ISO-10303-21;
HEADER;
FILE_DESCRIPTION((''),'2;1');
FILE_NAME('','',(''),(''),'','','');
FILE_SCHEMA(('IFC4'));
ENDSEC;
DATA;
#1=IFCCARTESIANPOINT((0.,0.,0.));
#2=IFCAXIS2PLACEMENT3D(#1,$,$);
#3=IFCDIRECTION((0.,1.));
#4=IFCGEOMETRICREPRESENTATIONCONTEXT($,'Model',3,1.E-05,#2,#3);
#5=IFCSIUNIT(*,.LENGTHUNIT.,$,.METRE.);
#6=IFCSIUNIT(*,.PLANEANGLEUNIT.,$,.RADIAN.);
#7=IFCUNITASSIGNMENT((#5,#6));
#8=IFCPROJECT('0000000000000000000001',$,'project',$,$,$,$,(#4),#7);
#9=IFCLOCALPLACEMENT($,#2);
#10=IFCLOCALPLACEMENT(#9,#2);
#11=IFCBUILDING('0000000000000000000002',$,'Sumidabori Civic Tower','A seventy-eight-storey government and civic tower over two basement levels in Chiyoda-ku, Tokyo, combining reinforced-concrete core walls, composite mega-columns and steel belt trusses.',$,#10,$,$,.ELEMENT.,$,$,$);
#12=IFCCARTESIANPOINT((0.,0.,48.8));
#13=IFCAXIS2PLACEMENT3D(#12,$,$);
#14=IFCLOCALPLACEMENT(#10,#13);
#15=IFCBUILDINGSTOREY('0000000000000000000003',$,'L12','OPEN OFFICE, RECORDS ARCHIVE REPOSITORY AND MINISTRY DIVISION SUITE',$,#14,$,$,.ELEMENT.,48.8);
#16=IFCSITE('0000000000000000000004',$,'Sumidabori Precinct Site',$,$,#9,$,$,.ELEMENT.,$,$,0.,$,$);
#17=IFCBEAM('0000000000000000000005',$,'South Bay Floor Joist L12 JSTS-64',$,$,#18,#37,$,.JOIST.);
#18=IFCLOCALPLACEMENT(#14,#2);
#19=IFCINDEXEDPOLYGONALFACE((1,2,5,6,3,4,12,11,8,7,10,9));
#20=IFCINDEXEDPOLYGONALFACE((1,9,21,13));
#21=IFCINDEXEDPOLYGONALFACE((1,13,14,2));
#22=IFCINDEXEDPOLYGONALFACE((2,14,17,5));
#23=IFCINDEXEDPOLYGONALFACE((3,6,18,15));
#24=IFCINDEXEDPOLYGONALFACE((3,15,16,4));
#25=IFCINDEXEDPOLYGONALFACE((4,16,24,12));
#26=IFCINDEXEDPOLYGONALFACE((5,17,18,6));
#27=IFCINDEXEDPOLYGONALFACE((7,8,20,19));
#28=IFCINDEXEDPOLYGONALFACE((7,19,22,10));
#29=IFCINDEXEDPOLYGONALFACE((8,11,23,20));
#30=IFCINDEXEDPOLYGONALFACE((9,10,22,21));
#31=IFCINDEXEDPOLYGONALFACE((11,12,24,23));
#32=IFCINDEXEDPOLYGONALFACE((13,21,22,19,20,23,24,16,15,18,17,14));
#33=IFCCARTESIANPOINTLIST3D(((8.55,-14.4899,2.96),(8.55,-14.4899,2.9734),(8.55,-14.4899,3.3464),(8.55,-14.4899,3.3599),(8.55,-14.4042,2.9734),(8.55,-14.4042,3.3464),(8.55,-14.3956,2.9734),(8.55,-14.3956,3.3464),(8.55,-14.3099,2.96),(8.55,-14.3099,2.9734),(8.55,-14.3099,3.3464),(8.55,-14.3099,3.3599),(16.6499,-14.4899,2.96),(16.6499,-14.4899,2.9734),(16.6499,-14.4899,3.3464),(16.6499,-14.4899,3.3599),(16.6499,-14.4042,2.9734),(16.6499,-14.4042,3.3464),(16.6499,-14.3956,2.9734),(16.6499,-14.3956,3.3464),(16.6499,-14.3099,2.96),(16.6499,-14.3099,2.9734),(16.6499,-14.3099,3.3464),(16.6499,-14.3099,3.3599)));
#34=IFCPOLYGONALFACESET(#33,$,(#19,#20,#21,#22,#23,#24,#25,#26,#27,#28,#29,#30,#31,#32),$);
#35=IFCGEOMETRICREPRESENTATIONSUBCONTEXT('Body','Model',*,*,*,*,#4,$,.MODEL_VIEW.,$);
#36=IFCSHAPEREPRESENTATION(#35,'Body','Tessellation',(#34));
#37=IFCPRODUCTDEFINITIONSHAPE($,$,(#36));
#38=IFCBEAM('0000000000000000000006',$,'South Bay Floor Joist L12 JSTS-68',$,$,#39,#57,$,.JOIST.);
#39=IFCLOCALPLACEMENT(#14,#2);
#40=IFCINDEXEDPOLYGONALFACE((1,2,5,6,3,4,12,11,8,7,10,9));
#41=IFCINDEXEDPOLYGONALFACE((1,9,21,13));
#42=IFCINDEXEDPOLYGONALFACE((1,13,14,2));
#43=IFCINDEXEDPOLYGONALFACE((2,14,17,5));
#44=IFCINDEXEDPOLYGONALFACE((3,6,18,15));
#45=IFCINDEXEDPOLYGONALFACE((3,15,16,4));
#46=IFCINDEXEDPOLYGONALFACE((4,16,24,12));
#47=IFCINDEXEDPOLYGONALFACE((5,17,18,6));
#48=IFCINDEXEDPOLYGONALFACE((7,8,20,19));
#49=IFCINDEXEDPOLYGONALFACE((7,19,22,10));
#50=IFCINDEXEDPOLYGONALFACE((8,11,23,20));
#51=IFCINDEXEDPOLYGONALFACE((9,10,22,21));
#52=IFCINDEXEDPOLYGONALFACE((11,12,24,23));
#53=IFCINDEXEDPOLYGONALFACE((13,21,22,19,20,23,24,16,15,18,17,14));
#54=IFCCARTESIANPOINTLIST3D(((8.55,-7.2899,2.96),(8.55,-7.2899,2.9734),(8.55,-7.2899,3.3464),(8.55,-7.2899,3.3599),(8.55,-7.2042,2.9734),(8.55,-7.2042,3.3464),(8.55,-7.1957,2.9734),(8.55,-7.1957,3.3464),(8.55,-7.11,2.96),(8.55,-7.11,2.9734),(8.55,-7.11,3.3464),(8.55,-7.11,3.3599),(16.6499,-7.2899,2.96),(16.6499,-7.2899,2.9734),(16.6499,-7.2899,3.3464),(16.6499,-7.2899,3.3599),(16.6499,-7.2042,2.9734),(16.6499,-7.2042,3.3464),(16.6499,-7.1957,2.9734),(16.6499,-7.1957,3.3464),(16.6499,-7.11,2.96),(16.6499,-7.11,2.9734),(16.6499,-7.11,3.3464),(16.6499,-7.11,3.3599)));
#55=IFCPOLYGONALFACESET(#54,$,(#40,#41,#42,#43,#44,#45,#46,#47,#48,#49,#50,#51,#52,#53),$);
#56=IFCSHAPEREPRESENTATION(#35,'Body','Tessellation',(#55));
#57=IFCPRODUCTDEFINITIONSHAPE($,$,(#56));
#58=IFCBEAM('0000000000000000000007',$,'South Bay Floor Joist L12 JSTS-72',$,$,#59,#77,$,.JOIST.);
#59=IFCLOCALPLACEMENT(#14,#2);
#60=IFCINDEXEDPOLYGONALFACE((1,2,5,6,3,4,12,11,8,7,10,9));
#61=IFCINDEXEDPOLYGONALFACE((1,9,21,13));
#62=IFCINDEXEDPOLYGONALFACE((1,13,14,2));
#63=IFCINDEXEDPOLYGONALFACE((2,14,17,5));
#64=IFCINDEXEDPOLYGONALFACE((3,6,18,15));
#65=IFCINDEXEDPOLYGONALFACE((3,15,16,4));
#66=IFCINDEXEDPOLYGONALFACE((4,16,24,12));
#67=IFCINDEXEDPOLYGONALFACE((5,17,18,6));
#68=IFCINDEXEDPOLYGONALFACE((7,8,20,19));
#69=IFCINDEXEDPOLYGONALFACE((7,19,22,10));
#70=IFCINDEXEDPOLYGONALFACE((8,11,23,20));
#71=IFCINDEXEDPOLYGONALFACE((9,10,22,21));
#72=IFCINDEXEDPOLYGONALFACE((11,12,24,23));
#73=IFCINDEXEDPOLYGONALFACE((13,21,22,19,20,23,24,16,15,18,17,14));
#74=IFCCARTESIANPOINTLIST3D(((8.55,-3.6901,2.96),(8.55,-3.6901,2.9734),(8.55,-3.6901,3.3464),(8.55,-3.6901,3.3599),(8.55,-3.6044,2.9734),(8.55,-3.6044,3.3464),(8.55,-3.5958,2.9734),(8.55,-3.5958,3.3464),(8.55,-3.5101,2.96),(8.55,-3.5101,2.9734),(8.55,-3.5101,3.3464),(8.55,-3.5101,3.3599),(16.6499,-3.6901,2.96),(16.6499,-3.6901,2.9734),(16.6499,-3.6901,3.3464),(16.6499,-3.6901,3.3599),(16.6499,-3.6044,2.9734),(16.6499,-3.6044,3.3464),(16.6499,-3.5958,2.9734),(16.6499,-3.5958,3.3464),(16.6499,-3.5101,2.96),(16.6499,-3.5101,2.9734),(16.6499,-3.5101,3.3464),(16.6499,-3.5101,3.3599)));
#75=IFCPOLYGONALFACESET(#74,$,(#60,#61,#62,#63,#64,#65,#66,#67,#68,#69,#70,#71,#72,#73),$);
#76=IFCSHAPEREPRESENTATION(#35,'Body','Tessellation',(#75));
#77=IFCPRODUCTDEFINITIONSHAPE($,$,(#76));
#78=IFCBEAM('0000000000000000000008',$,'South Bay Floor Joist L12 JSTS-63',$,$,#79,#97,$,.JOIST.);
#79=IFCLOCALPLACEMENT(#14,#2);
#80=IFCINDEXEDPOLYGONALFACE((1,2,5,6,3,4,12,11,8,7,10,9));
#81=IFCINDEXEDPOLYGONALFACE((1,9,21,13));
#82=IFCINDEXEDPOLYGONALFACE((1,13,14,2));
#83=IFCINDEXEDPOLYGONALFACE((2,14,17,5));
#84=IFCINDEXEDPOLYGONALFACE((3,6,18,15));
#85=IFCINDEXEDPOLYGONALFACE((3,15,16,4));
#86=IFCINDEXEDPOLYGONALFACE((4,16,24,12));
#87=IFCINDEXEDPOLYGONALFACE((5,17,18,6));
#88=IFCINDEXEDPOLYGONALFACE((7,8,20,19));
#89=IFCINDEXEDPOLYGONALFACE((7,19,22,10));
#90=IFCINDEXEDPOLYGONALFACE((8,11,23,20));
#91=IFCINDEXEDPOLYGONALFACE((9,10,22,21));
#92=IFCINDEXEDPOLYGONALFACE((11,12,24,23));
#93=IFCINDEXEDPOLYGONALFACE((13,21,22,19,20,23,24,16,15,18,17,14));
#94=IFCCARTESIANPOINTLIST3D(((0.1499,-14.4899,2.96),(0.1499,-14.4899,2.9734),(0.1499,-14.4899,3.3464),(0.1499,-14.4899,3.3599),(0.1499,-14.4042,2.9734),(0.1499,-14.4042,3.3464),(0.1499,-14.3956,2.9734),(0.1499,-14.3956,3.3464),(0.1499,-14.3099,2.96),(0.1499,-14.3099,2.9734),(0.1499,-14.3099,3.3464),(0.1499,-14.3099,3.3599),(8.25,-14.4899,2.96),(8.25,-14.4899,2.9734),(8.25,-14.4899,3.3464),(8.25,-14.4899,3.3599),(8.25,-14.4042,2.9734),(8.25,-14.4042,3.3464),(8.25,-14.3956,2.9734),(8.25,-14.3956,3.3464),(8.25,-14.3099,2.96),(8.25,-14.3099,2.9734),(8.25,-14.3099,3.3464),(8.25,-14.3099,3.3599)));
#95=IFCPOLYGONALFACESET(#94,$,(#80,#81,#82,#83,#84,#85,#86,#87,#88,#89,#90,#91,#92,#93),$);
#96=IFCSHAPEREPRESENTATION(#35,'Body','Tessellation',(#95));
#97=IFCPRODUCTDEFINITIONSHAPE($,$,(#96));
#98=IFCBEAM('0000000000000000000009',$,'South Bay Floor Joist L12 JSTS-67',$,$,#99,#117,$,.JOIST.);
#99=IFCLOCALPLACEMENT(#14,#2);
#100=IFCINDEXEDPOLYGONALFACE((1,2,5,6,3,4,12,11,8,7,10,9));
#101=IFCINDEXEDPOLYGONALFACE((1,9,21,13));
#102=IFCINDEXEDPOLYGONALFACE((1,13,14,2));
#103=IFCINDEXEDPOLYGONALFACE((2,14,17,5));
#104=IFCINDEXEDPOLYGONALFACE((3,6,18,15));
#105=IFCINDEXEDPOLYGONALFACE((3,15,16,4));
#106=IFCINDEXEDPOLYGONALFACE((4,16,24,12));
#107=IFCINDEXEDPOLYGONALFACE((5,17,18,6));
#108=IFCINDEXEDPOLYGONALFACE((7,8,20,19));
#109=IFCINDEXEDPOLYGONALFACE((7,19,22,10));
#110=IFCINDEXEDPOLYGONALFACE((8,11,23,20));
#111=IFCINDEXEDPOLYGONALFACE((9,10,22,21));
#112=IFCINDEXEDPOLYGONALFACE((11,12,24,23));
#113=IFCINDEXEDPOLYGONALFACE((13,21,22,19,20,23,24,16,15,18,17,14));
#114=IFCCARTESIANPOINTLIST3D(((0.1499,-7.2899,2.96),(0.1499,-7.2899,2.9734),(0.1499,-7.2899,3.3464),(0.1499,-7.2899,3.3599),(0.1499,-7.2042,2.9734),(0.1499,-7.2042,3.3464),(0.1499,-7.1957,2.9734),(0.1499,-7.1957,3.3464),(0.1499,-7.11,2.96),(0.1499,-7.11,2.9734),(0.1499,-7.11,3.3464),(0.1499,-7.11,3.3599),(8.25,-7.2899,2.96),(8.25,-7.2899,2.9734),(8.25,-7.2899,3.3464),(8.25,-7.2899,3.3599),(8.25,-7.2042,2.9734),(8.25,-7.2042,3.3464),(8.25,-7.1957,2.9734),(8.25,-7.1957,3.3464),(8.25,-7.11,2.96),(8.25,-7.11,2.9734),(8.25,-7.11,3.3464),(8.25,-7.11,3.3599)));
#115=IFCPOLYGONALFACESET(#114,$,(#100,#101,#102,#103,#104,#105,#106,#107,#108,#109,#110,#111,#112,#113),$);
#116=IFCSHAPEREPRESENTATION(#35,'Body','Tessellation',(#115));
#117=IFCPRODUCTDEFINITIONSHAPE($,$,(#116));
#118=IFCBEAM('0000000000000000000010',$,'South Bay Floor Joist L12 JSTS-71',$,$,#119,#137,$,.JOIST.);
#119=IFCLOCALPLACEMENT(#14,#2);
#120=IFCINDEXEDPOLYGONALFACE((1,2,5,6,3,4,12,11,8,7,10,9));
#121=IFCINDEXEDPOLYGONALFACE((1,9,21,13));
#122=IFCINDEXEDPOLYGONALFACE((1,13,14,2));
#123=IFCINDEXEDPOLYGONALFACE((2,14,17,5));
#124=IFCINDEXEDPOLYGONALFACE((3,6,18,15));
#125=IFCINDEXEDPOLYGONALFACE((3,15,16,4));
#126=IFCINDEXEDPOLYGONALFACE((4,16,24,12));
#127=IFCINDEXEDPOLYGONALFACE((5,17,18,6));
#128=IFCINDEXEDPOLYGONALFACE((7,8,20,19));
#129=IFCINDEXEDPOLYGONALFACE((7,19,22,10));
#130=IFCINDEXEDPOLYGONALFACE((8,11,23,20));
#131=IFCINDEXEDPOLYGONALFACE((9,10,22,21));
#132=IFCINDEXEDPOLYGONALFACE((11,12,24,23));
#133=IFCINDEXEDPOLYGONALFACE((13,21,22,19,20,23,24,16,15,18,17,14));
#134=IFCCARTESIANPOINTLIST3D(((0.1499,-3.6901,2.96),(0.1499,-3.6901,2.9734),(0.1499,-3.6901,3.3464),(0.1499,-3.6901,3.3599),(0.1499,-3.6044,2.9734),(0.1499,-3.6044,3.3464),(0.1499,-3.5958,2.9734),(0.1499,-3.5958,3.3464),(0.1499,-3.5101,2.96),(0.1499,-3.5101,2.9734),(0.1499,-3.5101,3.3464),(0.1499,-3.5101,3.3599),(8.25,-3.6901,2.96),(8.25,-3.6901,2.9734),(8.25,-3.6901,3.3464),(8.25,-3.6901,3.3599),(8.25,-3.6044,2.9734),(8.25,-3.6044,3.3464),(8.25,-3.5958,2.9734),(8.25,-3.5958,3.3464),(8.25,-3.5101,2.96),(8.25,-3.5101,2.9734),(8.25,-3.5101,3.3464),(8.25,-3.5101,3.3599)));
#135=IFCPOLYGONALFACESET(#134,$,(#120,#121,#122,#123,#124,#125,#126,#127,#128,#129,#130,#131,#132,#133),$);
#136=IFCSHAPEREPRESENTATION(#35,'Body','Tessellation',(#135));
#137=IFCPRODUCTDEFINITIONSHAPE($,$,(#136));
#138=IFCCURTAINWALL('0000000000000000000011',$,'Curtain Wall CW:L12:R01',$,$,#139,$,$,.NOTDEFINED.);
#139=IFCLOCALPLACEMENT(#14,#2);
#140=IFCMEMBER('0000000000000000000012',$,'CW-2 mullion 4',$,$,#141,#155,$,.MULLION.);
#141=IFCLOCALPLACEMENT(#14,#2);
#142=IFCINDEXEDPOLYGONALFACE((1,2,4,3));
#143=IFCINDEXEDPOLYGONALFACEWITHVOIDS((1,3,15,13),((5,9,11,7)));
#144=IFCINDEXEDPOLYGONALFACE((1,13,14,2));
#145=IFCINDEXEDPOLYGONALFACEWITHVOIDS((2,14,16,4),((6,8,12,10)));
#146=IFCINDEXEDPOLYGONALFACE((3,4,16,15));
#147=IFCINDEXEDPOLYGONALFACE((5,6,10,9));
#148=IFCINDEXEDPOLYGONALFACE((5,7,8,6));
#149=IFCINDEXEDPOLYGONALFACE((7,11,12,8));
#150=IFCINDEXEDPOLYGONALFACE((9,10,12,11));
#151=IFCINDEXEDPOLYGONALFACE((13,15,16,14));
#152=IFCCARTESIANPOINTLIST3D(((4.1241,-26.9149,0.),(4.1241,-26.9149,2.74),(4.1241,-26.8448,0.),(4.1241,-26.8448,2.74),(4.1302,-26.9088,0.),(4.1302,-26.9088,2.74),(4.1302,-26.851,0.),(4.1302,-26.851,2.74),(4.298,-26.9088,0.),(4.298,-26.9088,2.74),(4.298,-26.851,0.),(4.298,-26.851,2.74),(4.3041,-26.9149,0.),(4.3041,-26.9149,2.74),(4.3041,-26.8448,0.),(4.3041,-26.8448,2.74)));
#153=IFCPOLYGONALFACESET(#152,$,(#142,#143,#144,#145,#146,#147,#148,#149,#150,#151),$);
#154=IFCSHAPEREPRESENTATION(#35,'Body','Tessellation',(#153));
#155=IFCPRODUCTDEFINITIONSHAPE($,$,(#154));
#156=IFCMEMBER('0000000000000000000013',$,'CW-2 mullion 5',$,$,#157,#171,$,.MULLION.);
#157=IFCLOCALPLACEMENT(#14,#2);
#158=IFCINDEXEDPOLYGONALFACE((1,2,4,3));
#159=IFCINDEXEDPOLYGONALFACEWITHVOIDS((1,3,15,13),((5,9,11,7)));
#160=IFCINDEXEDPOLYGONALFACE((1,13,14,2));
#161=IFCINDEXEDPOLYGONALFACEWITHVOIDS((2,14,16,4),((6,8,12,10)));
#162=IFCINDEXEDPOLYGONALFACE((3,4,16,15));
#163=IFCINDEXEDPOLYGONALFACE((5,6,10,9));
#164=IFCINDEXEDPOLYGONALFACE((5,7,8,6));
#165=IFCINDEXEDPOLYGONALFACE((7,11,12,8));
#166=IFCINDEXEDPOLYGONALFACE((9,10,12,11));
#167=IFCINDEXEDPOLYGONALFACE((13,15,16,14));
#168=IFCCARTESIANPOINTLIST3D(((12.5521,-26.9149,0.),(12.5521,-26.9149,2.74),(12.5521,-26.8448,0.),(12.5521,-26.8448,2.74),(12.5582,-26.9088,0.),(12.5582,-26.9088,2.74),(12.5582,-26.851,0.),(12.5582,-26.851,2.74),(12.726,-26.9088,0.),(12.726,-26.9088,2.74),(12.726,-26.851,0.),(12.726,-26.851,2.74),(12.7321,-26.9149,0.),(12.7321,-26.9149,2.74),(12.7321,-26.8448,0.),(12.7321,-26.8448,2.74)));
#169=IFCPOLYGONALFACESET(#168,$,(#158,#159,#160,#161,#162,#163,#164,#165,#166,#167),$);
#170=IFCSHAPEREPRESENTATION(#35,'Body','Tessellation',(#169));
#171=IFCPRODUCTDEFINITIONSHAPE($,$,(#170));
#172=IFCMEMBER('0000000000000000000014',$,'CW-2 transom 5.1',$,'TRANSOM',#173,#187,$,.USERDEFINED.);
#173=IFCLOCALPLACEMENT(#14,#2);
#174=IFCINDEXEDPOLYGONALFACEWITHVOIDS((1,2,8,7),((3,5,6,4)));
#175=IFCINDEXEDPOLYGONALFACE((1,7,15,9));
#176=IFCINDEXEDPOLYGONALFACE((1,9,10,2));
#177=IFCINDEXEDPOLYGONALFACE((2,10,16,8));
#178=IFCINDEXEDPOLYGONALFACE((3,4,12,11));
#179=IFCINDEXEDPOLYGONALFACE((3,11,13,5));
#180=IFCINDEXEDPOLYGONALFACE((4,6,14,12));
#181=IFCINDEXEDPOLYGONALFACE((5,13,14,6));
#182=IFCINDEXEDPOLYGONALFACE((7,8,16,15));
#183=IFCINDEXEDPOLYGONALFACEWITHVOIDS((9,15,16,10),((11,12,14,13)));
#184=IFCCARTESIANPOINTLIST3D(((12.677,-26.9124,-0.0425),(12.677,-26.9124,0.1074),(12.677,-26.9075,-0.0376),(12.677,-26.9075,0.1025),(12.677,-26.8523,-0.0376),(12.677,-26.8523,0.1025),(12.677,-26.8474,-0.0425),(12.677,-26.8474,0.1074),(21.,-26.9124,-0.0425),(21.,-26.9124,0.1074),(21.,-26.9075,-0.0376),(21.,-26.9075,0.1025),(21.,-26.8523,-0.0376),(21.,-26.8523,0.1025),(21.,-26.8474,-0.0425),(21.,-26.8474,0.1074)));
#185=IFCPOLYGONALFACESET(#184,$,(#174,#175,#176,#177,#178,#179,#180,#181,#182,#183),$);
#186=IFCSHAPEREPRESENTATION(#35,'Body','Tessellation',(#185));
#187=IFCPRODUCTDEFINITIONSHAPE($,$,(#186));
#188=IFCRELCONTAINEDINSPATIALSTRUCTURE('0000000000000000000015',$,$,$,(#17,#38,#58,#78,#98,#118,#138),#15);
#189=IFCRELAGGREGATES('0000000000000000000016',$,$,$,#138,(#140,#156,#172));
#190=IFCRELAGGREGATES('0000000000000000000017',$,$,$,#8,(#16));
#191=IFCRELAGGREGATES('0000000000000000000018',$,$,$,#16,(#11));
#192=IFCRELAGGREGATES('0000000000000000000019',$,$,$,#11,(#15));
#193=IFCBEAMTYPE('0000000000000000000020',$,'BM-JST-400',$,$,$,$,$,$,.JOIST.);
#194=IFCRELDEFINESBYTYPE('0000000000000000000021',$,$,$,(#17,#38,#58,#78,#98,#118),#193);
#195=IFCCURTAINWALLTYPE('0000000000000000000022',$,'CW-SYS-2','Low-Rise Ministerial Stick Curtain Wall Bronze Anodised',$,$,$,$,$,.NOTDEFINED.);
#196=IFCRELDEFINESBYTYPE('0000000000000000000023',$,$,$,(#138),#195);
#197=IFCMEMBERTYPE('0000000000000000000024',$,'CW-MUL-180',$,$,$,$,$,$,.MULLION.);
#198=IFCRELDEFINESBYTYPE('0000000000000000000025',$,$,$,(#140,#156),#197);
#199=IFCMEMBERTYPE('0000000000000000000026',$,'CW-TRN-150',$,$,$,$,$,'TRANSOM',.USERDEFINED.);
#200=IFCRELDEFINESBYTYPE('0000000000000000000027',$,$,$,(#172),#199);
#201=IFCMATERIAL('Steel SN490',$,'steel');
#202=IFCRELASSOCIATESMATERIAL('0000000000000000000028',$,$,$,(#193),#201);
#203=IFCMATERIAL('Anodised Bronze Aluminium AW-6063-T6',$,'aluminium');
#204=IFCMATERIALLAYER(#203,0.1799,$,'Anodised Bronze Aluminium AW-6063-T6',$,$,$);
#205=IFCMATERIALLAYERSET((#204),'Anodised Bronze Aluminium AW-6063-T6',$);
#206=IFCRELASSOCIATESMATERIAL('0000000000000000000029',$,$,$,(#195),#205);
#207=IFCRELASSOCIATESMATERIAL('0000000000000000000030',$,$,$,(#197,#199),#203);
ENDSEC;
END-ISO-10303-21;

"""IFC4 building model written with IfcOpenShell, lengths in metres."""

from ifc_helpers import new_model, si_unit, direction, frame, origin, origin_2d, place, context, subcontext, project, spatial, hollow_rectangle, i_section, extrude, source, transform, mapped, material, layer, layer_set, material_profile, profile_set, type_object, element, aggregate, save


model = new_model("IFC4")

# Units and contexts
model_context = context("Model", 3, precision=1e-05, world=origin(), true_north=direction((0.0, 1.0)))
body_context = subcontext(model_context, "Body", "Model", "MODEL_VIEW")
ifc_project = project(units=[si_unit("LENGTHUNIT", "METRE"), si_unit("PLANEANGLEUNIT", "RADIAN")], contexts=[model_context])

# Site, building, storey
site_placement = place(None, origin())
site = spatial("IfcSite", under=ifc_project, at=site_placement, Name="Sumidabori Precinct Site", CompositionType="ELEMENT", RefElevation=0.0)
building_placement = place(site_placement, origin())
building = spatial("IfcBuilding", under=site, at=building_placement, Name="Sumidabori Civic Tower", Description="A seventy-eight-storey government and civic tower over two basement levels in Chiyoda-ku, Tokyo, combining reinforced-concrete core walls, composite mega-columns and steel belt trusses.", CompositionType="ELEMENT")
storey_placement = place(building_placement, frame((0.0, 0.0, 48.8)))
storey = spatial("IfcBuildingStorey", under=building, at=storey_placement, Name="L12", Description="OPEN OFFICE, RECORDS ARCHIVE REPOSITORY AND MINISTRY DIVISION SUITE", CompositionType="ELEMENT", Elevation=48.8)

# Beams
ifc_material_1 = material(Name="Steel SN490", Category="steel")
ifc_material_profile_1 = material_profile(ifc_material_1, i_section(OverallWidth=0.1799, OverallDepth=0.3999, WebThickness=0.0085, FlangeThickness=0.0134, at=origin_2d()), Name="IPE 400")
ifc_profile_set_1 = profile_set([ifc_material_profile_1], Name="Steel SN490")
beam_type_1 = type_object("IfcBeamType", Name="BM-JST-400", PredefinedType="JOIST", material=ifc_profile_set_1)
shared_shape_1 = source(origin(), body_context, "Body", "SweptSolid", [
    extrude(i_section(OverallWidth=0.1799, OverallDepth=0.3999, WebThickness=0.0085, FlangeThickness=0.0134, at=origin_2d()), origin(), (0.0, 0.0, 1.0), 8.0999),
])
for number, where, z_axis, x_axis, name in (
    (1, (8.55, -14.3999, 3.1599), (1.0, 0.0, 0.0), (0.0, 1.0, 0.0), "South Bay Floor Joist L12 JSTS-64"),
    (2, (8.55, -7.2, 3.1599), (1.0, 0.0, 0.0), (0.0, 1.0, 0.0), "South Bay Floor Joist L12 JSTS-68"),
    (3, (8.55, -3.6001, 3.1599), (1.0, 0.0, 0.0), (0.0, 1.0, 0.0), "South Bay Floor Joist L12 JSTS-72"),
):
    element("IfcBeam", number, at=place(storey_placement, frame(where, z_axis=z_axis, x_axis=x_axis)), inside=storey, type_object=beam_type_1, Name=name, PredefinedType="JOIST", context=body_context, shape_type="MappedRepresentation", body=[
        mapped(shared_shape_1, transform((0.0, 0.0, 0.0), x_axis=(1.0, 0.0, 0.0), y_axis=(0.0, 1.0, 0.0), z_axis=(0.0, 0.0, 1.0), scale=1.0)),
    ])
shared_shape_2 = source(origin(), body_context, "Body", "SweptSolid", [
    extrude(i_section(OverallWidth=0.1799, OverallDepth=0.3999, WebThickness=0.0085, FlangeThickness=0.0134, at=origin_2d()), origin(), (0.0, 0.0, 1.0), 8.1001),
])
for number, where, z_axis, x_axis, name in (
    (4, (0.1499, -14.3999, 3.1599), (1.0, 0.0, 0.0), (0.0, 1.0, 0.0), "South Bay Floor Joist L12 JSTS-63"),
    (5, (0.1499, -7.2, 3.1599), (1.0, 0.0, 0.0), (0.0, 1.0, 0.0), "South Bay Floor Joist L12 JSTS-67"),
    (6, (0.1499, -3.6001, 3.1599), (1.0, 0.0, 0.0), (0.0, 1.0, 0.0), "South Bay Floor Joist L12 JSTS-71"),
):
    element("IfcBeam", number, at=place(storey_placement, frame(where, z_axis=z_axis, x_axis=x_axis)), inside=storey, type_object=beam_type_1, Name=name, PredefinedType="JOIST", context=body_context, shape_type="MappedRepresentation", body=[
        mapped(shared_shape_2, transform((0.0, 0.0, 0.0), x_axis=(1.0, 0.0, 0.0), y_axis=(0.0, 1.0, 0.0), z_axis=(0.0, 0.0, 1.0), scale=1.0)),
    ])

# Curtain wall, members
ifc_material_2 = material(Name="Anodised Bronze Aluminium AW-6063-T6", Category="aluminium")
ifc_layer_1 = layer(ifc_material_2, 0.1799, Name="Anodised Bronze Aluminium AW-6063-T6")
ifc_layer_set_1 = layer_set([ifc_layer_1], Name="Anodised Bronze Aluminium AW-6063-T6")
curtain_wall_type = type_object("IfcCurtainWallType", Name="CW-SYS-2", Description="Low-Rise Ministerial Stick Curtain Wall Bronze Anodised", PredefinedType="NOTDEFINED", material=ifc_layer_set_1)
curtain_wall_placement = place(storey_placement, origin())
curtain_wall = element("IfcCurtainWall", 7, at=curtain_wall_placement, inside=storey, type_object=curtain_wall_type, Name="Curtain Wall CW:L12:R01", PredefinedType="NOTDEFINED")
ifc_material_profile_2 = material_profile(ifc_material_2, hollow_rectangle(XDim=0.0701, YDim=0.1799, WallThickness=0.0061, at=origin_2d()), Name="ALU MULLION 180x70")
ifc_profile_set_2 = profile_set([ifc_material_profile_2], Name="Anodised Bronze Aluminium AW-6063-T6")
member_type_1 = type_object("IfcMemberType", Name="CW-MUL-180", PredefinedType="MULLION", material=ifc_profile_set_2)
shared_shape_3 = source(origin(), body_context, "Body", "SweptSolid", [
    extrude(hollow_rectangle(XDim=0.0701, YDim=0.1799, WallThickness=0.0061, at=origin_2d()), origin(), (0.0, 0.0, 1.0), 2.74),
])
member_1_placement = place(storey_placement, frame((4.2141, -26.8799, 0.0), z_axis=(0.0, 0.0, 1.0), x_axis=(0.0, 1.0, 0.0)))
member_1 = element("IfcMember", 8, at=member_1_placement, type_object=member_type_1, Name="CW-2 mullion 4", PredefinedType="MULLION", context=body_context, shape_type="MappedRepresentation", body=[
    mapped(shared_shape_3, transform((0.0, 0.0, 0.0), x_axis=(1.0, 0.0, 0.0), y_axis=(0.0, 1.0, 0.0), z_axis=(0.0, 0.0, 1.0), scale=1.0)),
])
member_2_placement = place(storey_placement, frame((12.6421, -26.8799, 0.0), z_axis=(0.0, 0.0, 1.0), x_axis=(0.0, 1.0, 0.0)))
member_2 = element("IfcMember", 9, at=member_2_placement, type_object=member_type_1, Name="CW-2 mullion 5", PredefinedType="MULLION", context=body_context, shape_type="MappedRepresentation", body=[
    mapped(shared_shape_3, transform((0.0, 0.0, 0.0), x_axis=(1.0, 0.0, 0.0), y_axis=(0.0, 1.0, 0.0), z_axis=(0.0, 0.0, 1.0), scale=1.0)),
])
ifc_material_profile_3 = material_profile(ifc_material_2, hollow_rectangle(XDim=0.0649, YDim=0.1499, WallThickness=0.0049, at=origin_2d()), Name="ALU TRANSOM 150x65")
ifc_profile_set_3 = profile_set([ifc_material_profile_3], Name="Anodised Bronze Aluminium AW-6063-T6")
member_type_2 = type_object("IfcMemberType", Name="CW-TRN-150", ElementType="TRANSOM", PredefinedType="USERDEFINED", material=ifc_profile_set_3)
shared_shape_4 = source(origin(), body_context, "Body", "SweptSolid", [
    extrude(hollow_rectangle(XDim=0.0649, YDim=0.1499, WallThickness=0.0049, at=origin_2d()), origin(), (0.0, 0.0, 1.0), 8.323),
])
member_3_placement = place(storey_placement, frame((12.677, -26.8799, 0.0325), z_axis=(1.0, 0.0, 0.0), x_axis=(0.0, 1.0, 0.0)))
member_3 = element("IfcMember", 10, at=member_3_placement, type_object=member_type_2, Name="CW-2 transom 5.1", ObjectType="TRANSOM", PredefinedType="USERDEFINED", context=body_context, shape_type="MappedRepresentation", body=[
    mapped(shared_shape_4, transform((0.0, 0.0, 0.0), x_axis=(1.0, 0.0, 0.0), y_axis=(0.0, 1.0, 0.0), z_axis=(0.0, 0.0, 1.0), scale=1.0)),
])
aggregate(curtain_wall, [member_1, member_2, member_3])

save(model, "model.ifc")
